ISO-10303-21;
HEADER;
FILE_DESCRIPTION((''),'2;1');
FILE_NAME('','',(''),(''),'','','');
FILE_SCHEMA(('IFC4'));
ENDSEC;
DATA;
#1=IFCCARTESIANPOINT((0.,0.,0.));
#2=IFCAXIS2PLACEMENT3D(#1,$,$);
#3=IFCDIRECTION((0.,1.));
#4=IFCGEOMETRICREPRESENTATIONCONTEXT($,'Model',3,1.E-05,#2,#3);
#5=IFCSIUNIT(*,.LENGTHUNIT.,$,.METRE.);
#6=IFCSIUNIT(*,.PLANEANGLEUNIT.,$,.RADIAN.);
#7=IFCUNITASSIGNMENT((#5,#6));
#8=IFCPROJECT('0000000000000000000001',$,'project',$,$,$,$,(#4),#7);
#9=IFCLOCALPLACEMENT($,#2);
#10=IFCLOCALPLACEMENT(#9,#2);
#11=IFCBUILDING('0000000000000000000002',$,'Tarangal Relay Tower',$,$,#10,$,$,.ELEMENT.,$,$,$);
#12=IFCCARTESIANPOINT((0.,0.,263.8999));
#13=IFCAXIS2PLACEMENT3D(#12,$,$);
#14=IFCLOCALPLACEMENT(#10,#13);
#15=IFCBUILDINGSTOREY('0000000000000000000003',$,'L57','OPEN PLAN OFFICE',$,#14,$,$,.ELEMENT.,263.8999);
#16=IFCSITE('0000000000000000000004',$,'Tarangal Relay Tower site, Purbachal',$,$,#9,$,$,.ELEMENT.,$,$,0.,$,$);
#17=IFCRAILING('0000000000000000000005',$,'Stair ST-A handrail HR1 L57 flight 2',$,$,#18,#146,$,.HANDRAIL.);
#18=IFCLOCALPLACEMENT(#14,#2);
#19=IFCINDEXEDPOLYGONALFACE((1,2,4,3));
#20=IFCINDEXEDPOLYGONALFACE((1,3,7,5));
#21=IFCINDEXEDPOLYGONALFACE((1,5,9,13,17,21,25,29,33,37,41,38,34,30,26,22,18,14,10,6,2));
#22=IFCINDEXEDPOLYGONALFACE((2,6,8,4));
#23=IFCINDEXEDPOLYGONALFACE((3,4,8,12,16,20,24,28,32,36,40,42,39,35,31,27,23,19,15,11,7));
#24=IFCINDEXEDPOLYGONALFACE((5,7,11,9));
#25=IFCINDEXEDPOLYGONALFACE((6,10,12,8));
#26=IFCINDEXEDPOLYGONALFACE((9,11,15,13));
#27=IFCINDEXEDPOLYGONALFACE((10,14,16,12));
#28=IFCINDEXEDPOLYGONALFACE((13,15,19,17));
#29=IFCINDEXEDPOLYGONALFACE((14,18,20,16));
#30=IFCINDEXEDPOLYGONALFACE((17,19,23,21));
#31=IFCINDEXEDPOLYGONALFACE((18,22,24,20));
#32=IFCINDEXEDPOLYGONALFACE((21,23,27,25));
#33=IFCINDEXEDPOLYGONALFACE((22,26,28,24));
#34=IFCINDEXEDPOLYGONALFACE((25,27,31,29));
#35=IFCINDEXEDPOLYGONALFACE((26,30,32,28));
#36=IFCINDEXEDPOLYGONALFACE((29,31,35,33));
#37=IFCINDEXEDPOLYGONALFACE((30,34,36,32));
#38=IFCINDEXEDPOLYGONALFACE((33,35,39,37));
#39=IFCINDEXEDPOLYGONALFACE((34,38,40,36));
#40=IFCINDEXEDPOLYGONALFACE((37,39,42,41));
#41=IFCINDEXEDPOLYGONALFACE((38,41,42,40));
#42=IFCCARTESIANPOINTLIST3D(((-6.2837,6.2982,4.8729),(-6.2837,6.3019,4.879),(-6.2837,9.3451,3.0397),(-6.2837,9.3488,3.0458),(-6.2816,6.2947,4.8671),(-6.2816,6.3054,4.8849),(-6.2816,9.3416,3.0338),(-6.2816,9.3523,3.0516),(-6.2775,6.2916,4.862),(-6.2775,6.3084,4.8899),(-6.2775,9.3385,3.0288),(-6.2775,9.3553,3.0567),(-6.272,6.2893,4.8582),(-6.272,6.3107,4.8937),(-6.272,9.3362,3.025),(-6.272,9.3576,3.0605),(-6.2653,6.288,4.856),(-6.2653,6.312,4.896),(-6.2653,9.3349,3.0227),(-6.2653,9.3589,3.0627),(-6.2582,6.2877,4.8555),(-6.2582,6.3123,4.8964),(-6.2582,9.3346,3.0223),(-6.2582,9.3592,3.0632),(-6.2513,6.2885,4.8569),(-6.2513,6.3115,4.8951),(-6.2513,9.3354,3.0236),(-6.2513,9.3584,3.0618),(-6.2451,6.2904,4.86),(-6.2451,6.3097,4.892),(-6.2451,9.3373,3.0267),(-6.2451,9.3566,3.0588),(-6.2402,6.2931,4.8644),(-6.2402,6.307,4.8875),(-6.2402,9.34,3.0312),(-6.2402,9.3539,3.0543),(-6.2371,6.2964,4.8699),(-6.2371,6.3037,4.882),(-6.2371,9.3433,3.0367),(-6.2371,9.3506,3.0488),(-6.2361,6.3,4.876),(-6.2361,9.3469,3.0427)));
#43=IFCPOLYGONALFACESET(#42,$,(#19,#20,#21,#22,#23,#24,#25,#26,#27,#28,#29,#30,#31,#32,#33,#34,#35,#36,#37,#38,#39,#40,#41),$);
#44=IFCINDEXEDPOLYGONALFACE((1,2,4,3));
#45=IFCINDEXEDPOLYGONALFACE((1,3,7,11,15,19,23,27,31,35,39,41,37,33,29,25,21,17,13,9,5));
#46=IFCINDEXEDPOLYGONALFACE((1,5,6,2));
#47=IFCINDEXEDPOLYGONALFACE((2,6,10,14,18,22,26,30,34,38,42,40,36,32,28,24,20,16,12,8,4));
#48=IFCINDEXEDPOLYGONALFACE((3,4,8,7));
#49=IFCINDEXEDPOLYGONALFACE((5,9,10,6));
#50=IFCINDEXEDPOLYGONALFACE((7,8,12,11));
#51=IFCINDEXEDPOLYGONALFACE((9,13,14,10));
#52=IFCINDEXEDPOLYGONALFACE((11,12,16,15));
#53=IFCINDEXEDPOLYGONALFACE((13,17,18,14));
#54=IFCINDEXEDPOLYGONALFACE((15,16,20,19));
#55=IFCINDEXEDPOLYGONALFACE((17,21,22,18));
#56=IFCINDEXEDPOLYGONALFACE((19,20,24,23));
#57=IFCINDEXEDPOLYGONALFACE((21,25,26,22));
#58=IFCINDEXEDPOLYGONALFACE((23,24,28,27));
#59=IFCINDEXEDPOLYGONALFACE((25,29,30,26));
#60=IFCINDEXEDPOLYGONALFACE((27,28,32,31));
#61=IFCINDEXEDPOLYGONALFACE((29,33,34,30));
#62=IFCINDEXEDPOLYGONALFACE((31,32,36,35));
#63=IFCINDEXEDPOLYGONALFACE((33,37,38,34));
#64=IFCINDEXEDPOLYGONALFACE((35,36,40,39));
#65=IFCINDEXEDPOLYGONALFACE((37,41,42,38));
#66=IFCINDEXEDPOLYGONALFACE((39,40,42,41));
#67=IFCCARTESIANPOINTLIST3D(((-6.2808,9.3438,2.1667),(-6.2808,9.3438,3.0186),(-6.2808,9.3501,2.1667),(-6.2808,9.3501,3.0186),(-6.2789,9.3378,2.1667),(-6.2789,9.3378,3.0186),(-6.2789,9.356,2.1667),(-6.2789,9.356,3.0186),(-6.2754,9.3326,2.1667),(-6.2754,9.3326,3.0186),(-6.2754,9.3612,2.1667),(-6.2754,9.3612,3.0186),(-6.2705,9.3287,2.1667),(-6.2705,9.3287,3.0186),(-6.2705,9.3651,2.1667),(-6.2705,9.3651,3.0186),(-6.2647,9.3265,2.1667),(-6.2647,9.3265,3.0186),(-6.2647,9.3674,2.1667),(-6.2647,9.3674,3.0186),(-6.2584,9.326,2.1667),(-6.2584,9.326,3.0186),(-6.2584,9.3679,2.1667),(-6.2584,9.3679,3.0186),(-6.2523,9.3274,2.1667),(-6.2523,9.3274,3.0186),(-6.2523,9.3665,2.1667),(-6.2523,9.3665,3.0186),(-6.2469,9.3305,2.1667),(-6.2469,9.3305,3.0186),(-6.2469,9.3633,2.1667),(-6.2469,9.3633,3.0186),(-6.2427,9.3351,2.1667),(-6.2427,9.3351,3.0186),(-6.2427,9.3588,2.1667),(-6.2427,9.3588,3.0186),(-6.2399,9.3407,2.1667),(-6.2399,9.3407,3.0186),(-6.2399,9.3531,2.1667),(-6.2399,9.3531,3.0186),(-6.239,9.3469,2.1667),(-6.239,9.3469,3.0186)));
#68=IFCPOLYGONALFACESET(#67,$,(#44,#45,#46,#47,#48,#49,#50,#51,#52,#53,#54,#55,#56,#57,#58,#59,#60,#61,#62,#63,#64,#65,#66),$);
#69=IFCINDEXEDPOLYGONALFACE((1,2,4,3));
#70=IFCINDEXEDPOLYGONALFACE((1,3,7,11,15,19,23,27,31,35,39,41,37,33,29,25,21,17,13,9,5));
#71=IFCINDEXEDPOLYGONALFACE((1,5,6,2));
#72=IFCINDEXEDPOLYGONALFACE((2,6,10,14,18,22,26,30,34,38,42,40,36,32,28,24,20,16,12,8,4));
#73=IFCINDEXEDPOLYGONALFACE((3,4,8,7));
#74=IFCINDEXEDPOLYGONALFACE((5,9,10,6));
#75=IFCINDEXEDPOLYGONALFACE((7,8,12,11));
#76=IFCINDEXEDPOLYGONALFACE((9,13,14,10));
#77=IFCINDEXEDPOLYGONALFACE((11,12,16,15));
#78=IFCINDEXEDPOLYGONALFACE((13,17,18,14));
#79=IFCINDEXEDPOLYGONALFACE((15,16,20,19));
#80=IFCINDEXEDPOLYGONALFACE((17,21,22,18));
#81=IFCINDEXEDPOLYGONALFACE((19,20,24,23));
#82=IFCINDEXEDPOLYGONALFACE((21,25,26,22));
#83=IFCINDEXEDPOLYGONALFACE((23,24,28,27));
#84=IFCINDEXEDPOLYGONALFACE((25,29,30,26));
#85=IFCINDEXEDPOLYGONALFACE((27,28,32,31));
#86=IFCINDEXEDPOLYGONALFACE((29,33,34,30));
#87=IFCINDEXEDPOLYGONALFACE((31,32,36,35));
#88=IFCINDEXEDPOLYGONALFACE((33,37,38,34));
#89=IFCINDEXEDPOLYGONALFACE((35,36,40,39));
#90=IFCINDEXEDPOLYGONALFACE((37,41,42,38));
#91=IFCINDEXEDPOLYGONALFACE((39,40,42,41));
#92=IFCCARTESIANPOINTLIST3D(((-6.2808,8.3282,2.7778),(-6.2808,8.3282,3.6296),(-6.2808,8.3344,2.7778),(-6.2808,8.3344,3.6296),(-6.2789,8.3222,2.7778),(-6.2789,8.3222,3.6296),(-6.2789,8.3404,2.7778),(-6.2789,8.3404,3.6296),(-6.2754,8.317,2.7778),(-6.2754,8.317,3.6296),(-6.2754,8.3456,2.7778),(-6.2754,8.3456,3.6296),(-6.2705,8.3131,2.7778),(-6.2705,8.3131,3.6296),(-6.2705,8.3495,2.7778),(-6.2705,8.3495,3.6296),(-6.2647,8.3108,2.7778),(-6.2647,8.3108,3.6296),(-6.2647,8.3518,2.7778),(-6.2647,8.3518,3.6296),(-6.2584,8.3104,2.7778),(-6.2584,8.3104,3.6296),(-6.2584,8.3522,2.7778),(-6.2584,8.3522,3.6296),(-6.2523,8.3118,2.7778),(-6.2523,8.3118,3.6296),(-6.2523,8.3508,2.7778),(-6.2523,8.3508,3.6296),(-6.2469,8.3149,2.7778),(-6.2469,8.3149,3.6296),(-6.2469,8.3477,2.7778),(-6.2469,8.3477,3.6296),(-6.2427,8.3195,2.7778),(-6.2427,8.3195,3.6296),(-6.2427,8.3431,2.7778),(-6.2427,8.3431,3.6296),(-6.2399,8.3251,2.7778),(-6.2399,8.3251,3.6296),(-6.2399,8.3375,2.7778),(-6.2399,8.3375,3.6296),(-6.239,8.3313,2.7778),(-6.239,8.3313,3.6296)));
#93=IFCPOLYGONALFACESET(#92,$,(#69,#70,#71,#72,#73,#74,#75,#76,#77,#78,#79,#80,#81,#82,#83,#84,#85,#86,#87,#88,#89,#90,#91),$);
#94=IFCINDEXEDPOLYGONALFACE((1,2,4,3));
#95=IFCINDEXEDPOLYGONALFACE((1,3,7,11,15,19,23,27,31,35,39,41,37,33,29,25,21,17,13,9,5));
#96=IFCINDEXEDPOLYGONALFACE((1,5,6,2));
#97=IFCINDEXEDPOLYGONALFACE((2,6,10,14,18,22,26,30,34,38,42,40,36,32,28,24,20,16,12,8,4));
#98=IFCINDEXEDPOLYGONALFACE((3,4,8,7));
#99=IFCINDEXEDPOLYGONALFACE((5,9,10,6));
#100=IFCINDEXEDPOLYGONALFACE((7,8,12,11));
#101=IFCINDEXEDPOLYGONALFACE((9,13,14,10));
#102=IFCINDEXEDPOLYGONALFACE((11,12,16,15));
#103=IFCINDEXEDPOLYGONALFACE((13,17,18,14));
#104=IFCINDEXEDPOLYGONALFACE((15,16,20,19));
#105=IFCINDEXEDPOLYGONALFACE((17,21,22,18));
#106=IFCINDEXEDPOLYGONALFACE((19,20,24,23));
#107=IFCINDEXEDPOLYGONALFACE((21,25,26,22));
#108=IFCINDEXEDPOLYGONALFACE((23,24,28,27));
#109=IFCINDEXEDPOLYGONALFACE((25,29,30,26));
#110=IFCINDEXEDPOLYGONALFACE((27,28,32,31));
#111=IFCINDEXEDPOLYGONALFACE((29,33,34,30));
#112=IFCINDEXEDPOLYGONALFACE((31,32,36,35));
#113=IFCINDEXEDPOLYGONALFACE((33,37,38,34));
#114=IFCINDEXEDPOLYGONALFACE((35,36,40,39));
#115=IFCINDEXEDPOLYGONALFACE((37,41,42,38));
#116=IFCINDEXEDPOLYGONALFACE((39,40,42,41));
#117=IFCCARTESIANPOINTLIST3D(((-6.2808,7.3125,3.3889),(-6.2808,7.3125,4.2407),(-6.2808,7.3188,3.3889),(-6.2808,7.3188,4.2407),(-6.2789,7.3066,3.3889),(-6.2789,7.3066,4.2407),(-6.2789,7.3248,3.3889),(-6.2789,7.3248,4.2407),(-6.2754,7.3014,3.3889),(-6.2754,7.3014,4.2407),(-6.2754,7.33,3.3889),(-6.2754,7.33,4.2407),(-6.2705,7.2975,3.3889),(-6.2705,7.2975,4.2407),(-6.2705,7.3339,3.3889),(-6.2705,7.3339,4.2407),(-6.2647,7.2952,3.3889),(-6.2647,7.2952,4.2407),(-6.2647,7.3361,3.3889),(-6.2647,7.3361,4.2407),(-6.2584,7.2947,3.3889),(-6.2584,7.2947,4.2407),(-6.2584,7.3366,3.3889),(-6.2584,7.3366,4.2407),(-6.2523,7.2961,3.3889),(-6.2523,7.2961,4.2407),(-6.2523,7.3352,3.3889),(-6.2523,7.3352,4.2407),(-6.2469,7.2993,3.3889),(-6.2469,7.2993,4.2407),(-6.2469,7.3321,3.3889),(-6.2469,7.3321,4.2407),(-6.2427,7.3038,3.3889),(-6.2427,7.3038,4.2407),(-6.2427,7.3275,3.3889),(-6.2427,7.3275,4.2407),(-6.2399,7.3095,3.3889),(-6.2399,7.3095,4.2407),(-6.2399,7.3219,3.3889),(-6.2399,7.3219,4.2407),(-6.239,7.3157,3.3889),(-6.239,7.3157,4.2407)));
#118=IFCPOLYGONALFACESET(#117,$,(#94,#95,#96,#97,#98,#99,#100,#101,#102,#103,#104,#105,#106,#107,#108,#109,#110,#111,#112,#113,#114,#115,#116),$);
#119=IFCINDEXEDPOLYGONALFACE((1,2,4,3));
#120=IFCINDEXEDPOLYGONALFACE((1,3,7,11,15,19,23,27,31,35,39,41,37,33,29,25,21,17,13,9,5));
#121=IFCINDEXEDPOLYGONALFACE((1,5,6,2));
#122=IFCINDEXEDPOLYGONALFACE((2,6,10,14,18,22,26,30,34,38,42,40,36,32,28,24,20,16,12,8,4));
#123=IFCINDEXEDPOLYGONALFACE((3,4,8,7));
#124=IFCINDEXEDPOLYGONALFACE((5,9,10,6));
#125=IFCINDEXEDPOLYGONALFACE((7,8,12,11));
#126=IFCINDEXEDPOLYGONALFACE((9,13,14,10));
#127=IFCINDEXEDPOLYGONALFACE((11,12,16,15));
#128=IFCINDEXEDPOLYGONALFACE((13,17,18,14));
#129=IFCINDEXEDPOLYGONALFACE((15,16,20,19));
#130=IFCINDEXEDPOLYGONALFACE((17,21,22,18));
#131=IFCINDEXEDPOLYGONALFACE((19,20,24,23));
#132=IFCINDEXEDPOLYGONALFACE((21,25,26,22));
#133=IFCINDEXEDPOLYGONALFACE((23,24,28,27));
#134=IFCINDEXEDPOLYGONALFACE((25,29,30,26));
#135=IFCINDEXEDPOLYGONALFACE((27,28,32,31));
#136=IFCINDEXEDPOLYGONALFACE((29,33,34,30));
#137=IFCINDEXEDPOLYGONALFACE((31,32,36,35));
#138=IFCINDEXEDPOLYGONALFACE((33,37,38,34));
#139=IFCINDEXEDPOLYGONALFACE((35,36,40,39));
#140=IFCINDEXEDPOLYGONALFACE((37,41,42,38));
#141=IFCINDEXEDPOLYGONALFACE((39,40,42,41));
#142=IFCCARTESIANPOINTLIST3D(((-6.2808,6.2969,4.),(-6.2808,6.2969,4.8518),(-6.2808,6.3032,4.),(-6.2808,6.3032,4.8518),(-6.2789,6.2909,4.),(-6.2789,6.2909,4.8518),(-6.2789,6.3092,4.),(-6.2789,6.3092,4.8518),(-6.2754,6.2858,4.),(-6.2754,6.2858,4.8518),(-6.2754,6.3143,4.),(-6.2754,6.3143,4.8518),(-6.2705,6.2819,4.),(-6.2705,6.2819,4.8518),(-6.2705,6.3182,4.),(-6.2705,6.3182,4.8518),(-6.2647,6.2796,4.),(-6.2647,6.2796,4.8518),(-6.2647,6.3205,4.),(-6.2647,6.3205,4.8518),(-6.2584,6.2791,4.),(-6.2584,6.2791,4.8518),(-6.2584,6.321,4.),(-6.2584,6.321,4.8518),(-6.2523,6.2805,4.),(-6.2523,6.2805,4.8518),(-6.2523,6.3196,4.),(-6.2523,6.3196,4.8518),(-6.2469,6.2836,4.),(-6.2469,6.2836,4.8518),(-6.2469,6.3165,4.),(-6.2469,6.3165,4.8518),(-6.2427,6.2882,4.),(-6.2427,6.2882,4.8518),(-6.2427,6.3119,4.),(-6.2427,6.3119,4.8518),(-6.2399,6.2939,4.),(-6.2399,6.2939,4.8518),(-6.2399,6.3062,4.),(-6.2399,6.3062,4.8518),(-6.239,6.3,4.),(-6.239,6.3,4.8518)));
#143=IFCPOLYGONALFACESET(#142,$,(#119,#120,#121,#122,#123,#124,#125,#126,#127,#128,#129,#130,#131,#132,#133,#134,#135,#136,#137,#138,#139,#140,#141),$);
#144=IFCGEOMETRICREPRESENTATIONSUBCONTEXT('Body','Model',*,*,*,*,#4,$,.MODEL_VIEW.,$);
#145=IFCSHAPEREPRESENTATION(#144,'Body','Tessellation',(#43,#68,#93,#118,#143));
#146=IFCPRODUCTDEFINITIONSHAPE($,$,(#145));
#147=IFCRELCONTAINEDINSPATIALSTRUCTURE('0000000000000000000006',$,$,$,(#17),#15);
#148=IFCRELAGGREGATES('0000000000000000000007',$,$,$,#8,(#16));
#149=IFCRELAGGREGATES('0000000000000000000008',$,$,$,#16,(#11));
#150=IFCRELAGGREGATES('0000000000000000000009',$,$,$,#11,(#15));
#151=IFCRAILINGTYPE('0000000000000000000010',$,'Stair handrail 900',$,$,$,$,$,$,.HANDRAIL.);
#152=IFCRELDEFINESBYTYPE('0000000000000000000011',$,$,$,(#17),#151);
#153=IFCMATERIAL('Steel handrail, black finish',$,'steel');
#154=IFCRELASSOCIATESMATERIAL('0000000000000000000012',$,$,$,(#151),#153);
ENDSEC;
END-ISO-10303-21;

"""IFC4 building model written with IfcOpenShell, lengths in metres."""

from ifc_helpers import new_model, si_unit, direction, frame, origin, origin_2d, place, context, subcontext, project, spatial, circle, extrude, material, type_object, element, save


model = new_model("IFC4")

# Units and contexts
model_context = context("Model", 3, precision=1e-05, world=origin(), true_north=direction((0.0, 1.0)))
body_context = subcontext(model_context, "Body", "Model", "MODEL_VIEW")
ifc_project = project(units=[si_unit("LENGTHUNIT", "METRE"), si_unit("PLANEANGLEUNIT", "RADIAN")], contexts=[model_context])

# Site, building, storey
site_placement = place(None, origin())
site = spatial("IfcSite", under=ifc_project, at=site_placement, Name="Tarangal Relay Tower site, Purbachal", CompositionType="ELEMENT", RefElevation=0.0)
building_placement = place(site_placement, origin())
building = spatial("IfcBuilding", under=site, at=building_placement, Name="Tarangal Relay Tower", CompositionType="ELEMENT")
storey_placement = place(building_placement, frame((0.0, 0.0, 263.8999)))
storey = spatial("IfcBuildingStorey", under=building, at=storey_placement, Name="L57", Description="OPEN PLAN OFFICE", CompositionType="ELEMENT", Elevation=263.8999)

# Railing
ifc_material_1 = material(Name="Steel handrail, black finish", Category="steel")
railing_type_1 = type_object("IfcRailingType", Name="Stair handrail 900", PredefinedType="HANDRAIL", material=ifc_material_1)
railing_1_placement = place(storey_placement, frame((-6.26, 9.3469, 2.1667)))
element("IfcRailing", 1, at=railing_1_placement, inside=storey, type_object=railing_type_1, Name="Stair ST-A handrail HR1 L57 flight 2", PredefinedType="HANDRAIL", context=body_context, shape_type="SweptSolid", body=[
    extrude(circle(Radius=0.0239, at=origin_2d()), frame((0.0, 0.0, 0.876), z_axis=(0.0, -0.856856, 0.515556), x_axis=(1.0, 0.0, 0.0)), (0.0, 0.0, 1.0), 3.5559),
    extrude(circle(Radius=0.021, at=origin_2d()), origin(), (0.0, 0.0, 1.0), 0.8518),
    extrude(circle(Radius=0.021, at=origin_2d()), frame((0.0, -1.0156, 0.6111)), (0.0, 0.0, 1.0), 0.8518),
    extrude(circle(Radius=0.021, at=origin_2d()), frame((0.0, -2.0312, 1.2222)), (0.0, 0.0, 1.0), 0.8518),
    extrude(circle(Radius=0.021, at=origin_2d()), frame((0.0, -3.0469, 1.8333)), (0.0, 0.0, 1.0), 0.8518),
])

save(model, "model.ifc")
